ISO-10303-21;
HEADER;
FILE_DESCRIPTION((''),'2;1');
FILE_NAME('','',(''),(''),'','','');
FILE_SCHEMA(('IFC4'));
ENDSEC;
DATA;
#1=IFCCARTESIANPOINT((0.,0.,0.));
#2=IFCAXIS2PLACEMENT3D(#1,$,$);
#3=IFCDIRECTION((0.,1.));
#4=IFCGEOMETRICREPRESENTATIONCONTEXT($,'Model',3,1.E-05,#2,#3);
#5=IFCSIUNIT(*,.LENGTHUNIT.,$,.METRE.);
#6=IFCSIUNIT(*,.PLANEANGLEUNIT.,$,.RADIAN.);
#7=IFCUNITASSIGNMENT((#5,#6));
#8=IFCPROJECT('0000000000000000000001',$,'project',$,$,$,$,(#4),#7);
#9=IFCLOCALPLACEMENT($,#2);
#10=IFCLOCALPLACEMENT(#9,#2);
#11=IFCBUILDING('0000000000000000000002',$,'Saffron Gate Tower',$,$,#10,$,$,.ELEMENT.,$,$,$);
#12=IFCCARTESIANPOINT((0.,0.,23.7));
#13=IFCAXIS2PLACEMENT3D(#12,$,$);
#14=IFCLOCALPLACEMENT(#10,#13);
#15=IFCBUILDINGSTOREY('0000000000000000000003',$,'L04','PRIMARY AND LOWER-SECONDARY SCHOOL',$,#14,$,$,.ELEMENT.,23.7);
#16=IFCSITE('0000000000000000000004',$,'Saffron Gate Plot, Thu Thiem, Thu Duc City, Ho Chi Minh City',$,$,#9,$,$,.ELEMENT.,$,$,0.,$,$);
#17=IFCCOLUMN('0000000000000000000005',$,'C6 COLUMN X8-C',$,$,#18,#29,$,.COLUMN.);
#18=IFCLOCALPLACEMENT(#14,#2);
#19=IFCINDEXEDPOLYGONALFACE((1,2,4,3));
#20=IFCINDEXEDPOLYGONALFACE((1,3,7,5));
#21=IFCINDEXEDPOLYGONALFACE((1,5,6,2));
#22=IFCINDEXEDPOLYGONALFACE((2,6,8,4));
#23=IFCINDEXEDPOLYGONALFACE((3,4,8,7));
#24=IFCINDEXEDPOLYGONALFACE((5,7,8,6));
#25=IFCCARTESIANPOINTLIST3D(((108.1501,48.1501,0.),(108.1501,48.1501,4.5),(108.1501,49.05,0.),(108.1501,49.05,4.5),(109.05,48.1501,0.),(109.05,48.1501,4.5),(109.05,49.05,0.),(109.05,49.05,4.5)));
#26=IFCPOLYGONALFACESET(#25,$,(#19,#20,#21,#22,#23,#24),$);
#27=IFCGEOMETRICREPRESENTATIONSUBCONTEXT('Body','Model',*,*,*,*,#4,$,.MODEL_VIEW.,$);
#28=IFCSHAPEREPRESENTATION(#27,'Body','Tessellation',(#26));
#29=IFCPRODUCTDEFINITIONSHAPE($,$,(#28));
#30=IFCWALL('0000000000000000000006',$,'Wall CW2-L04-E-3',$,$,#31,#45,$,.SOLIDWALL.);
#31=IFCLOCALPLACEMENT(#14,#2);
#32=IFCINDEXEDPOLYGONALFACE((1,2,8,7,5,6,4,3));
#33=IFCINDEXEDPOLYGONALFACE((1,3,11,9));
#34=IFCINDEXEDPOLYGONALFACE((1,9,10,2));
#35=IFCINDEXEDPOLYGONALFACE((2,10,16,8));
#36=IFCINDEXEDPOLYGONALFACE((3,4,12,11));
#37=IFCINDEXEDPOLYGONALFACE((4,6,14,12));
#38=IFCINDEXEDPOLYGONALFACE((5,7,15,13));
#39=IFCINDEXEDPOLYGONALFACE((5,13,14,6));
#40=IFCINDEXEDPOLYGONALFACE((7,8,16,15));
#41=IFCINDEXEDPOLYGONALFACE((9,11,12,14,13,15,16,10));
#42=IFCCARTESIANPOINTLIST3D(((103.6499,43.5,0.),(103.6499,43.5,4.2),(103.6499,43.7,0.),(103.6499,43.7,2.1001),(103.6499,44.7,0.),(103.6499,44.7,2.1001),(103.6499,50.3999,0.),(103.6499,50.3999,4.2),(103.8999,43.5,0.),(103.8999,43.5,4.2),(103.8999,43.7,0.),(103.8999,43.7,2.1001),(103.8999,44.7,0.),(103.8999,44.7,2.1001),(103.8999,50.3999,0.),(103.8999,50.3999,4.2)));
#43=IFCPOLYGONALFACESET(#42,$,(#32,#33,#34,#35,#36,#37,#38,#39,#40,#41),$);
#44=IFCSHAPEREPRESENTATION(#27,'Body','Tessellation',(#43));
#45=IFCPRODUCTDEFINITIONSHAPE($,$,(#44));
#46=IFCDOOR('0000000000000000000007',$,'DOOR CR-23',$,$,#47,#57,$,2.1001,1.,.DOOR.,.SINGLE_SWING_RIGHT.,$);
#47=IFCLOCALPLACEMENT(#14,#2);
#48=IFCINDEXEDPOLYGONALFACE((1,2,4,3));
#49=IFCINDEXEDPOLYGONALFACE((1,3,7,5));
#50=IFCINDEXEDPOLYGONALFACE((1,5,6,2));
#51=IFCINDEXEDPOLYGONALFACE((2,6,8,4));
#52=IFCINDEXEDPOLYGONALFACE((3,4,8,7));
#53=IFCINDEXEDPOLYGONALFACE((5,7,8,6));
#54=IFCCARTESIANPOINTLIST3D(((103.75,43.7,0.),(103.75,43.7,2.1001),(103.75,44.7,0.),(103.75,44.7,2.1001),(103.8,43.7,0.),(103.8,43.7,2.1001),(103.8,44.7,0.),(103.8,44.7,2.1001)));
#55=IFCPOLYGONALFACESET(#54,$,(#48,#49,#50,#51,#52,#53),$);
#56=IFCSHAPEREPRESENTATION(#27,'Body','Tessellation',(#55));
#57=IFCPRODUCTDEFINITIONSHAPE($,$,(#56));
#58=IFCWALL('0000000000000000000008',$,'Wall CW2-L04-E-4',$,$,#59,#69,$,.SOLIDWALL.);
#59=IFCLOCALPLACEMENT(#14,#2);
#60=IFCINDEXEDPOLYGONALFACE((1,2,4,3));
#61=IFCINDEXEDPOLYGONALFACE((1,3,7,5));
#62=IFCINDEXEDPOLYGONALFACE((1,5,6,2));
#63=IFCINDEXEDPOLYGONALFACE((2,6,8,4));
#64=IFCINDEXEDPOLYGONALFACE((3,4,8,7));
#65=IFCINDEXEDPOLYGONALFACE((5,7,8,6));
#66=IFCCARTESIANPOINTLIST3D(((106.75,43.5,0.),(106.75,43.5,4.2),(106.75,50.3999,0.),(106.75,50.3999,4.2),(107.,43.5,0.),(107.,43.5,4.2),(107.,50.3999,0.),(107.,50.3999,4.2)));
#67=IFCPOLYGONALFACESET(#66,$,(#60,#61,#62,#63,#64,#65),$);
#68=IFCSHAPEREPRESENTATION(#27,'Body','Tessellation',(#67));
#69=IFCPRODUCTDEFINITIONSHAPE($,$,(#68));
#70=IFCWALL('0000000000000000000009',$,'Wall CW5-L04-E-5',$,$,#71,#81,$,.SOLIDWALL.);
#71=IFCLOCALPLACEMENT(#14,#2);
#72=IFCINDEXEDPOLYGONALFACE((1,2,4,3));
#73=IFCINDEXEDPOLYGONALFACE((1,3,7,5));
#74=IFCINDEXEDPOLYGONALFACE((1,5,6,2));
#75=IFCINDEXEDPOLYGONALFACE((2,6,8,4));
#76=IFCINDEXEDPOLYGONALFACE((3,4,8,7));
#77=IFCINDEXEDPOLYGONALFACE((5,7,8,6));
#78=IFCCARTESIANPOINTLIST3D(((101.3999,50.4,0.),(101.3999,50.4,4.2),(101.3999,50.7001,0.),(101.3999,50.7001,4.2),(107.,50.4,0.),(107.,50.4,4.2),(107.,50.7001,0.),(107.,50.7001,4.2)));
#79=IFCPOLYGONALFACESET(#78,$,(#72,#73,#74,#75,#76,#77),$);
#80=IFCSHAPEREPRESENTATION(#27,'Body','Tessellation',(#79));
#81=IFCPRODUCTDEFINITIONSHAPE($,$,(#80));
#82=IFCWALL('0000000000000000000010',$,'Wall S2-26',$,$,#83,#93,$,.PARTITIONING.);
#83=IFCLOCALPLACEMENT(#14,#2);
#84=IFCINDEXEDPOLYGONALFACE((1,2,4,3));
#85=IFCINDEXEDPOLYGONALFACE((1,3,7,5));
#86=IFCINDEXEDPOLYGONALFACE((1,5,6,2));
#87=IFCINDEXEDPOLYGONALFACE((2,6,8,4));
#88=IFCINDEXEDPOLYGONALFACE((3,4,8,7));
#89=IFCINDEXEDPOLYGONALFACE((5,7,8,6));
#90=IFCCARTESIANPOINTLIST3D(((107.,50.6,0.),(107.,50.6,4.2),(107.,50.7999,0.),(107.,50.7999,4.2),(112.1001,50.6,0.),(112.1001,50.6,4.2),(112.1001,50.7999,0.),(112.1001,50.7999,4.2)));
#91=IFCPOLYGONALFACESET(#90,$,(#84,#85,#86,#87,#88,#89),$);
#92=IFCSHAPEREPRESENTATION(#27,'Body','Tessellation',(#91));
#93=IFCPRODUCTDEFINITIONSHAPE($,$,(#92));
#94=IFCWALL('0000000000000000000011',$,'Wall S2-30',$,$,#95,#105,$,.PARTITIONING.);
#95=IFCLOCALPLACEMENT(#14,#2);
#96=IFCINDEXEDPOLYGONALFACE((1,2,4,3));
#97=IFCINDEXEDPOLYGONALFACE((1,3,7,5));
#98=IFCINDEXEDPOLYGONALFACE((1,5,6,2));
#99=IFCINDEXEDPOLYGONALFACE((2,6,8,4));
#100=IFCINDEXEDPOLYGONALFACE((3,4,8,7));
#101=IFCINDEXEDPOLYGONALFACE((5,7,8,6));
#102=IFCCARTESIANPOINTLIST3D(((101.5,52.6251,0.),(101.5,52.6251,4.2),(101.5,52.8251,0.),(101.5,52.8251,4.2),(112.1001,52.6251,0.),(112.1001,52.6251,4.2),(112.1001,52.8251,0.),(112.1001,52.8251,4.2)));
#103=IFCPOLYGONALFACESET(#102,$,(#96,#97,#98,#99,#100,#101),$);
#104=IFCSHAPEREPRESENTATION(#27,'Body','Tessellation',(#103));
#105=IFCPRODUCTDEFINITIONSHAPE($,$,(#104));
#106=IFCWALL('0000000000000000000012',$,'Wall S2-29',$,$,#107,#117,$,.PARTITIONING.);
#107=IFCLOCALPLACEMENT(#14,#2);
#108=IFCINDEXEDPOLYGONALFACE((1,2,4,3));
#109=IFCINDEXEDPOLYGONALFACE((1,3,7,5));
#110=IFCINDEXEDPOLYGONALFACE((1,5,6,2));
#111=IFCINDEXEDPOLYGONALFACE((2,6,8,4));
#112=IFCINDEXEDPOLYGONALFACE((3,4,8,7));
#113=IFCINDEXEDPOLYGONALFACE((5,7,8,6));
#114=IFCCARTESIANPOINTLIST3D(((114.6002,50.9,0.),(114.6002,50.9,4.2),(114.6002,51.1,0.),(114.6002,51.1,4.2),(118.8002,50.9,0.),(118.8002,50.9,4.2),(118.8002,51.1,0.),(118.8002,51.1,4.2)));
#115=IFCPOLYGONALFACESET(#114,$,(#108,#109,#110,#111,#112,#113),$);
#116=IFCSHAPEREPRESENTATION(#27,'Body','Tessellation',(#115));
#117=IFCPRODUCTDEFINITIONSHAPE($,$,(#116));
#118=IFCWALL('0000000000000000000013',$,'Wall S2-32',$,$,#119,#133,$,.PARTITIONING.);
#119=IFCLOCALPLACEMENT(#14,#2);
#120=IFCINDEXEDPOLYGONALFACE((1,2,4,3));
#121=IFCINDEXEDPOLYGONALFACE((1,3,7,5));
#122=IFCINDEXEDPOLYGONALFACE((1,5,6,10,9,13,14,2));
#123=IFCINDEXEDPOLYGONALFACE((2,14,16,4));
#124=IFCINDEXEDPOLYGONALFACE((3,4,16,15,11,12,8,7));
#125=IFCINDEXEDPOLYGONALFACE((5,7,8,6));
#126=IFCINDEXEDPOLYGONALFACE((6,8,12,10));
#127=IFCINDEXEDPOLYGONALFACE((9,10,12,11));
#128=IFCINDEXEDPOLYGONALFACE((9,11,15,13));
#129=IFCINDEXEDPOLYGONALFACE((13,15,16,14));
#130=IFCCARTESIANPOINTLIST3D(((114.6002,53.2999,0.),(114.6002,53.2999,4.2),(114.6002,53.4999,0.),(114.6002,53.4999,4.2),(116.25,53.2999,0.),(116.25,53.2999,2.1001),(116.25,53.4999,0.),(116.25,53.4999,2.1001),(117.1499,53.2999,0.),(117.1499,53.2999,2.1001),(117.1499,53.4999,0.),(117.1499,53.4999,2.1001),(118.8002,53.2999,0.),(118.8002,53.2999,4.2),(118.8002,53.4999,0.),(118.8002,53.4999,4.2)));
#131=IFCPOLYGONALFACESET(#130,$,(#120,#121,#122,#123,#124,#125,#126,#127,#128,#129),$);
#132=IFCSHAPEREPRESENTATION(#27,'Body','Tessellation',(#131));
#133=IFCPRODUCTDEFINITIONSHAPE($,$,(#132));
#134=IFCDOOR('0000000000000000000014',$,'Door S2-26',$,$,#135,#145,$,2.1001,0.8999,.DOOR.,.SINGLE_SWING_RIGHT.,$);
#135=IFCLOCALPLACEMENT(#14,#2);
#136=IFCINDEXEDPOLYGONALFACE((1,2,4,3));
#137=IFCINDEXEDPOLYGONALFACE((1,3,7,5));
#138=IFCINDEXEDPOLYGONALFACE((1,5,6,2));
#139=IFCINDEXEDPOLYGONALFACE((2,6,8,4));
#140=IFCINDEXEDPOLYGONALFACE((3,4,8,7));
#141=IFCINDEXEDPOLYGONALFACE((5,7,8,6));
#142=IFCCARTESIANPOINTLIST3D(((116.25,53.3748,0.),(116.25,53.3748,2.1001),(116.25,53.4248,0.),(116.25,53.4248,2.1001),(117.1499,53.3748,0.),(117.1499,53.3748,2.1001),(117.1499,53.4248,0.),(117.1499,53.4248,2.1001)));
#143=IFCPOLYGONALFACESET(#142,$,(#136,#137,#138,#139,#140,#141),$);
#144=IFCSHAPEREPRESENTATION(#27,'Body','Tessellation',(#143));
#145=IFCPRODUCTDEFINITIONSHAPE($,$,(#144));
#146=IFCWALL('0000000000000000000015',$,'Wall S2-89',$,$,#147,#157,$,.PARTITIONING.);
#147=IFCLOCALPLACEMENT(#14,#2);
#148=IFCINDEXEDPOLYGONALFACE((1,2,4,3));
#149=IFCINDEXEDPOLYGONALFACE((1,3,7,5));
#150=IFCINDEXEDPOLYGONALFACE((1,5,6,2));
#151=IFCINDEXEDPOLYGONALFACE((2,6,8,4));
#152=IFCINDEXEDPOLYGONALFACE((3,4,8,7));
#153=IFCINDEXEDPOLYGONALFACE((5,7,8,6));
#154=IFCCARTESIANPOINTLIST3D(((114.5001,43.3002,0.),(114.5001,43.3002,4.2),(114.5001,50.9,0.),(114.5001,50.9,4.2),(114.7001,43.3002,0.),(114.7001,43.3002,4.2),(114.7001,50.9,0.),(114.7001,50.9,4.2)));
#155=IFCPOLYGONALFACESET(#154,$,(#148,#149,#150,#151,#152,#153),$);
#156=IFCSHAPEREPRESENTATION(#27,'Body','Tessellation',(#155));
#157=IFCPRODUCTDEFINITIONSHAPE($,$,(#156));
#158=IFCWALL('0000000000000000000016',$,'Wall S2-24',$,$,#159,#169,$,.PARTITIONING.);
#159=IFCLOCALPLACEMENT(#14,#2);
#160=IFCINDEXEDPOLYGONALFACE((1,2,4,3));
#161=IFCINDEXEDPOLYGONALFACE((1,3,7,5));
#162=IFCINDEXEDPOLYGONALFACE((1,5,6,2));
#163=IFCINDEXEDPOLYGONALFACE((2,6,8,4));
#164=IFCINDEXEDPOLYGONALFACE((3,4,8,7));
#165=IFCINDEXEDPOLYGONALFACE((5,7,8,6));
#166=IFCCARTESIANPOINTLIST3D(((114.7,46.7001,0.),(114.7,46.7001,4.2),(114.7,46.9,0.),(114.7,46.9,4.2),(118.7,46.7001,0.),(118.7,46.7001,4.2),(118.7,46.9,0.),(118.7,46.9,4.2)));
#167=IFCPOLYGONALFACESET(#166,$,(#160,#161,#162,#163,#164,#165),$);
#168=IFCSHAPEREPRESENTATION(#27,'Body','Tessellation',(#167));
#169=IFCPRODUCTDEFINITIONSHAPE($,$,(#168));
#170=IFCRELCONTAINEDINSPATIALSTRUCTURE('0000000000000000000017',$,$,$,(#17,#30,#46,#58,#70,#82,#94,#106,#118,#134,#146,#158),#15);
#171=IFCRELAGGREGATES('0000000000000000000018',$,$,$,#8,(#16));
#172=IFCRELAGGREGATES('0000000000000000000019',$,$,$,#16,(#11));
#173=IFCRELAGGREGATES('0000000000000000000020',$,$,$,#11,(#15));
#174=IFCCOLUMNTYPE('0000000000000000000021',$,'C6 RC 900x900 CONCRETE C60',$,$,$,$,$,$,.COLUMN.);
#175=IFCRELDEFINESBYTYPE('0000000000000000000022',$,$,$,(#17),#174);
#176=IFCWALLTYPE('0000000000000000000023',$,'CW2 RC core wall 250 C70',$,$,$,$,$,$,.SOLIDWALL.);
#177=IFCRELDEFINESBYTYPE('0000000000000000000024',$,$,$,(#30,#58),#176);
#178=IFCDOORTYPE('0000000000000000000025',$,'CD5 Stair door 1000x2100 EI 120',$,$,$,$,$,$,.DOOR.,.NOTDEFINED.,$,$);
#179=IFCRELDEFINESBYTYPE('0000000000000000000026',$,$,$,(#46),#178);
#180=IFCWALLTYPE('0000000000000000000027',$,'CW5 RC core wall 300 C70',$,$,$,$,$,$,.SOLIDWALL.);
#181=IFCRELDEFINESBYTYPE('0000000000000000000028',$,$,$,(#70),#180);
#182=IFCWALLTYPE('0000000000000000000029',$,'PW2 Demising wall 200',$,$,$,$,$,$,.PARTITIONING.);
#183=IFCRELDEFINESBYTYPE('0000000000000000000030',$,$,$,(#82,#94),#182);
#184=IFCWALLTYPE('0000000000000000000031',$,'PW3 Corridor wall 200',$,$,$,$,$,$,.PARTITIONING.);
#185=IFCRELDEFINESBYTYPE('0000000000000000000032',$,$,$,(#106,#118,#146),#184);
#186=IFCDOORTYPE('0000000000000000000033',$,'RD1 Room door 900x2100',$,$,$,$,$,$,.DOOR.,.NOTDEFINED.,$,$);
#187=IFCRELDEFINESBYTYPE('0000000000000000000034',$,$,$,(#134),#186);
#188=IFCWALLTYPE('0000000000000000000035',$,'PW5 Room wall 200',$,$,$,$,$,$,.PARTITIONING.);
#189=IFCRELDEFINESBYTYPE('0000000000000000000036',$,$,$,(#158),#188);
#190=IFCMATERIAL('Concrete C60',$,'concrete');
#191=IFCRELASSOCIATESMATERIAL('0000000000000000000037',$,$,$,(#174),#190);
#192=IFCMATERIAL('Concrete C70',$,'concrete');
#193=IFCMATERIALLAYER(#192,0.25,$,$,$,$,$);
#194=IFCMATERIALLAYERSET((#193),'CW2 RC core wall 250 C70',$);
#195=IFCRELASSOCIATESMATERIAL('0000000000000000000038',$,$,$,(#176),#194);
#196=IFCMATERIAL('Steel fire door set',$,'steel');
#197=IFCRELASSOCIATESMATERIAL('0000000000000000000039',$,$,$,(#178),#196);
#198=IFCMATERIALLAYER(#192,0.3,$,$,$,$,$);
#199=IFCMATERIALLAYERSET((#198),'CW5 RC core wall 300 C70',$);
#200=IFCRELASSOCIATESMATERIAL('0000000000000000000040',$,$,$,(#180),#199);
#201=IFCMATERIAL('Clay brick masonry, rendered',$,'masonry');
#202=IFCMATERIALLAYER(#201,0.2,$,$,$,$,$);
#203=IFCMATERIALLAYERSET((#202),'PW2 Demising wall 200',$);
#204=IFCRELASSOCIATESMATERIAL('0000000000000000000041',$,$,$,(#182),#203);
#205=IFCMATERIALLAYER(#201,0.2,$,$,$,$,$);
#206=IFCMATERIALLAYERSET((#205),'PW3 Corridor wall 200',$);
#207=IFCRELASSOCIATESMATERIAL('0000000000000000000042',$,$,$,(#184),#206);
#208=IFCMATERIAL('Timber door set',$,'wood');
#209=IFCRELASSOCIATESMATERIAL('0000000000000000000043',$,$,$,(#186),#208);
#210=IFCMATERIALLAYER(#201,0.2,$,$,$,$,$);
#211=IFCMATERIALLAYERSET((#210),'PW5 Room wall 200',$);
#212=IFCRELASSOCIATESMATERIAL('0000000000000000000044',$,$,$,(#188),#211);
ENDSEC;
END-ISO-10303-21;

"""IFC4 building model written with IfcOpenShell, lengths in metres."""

from ifc_helpers import new_model, si_unit, direction, frame, frame_2d, origin, origin_2d, place, context, subcontext, project, spatial, rectangle, extrude, material, layer, layer_set, material_profile, profile_set, type_object, element, fill, save


model = new_model("IFC4")

# Units and contexts
model_context = context("Model", 3, precision=1e-05, world=origin(), true_north=direction((0.0, 1.0)))
body_context = subcontext(model_context, "Body", "Model", "MODEL_VIEW")
ifc_project = project(units=[si_unit("LENGTHUNIT", "METRE"), si_unit("PLANEANGLEUNIT", "RADIAN")], contexts=[model_context])

# Site, building, storey
site_placement = place(None, origin())
site = spatial("IfcSite", under=ifc_project, at=site_placement, Name="Saffron Gate Plot, Thu Thiem, Thu Duc City, Ho Chi Minh City", CompositionType="ELEMENT", RefElevation=0.0)
building_placement = place(site_placement, origin())
building = spatial("IfcBuilding", under=site, at=building_placement, Name="Saffron Gate Tower", CompositionType="ELEMENT")
storey_placement = place(building_placement, frame((0.0, 0.0, 23.7)))
storey = spatial("IfcBuildingStorey", under=building, at=storey_placement, Name="L04", Description="PRIMARY AND LOWER-SECONDARY SCHOOL", CompositionType="ELEMENT", Elevation=23.7)

# Column
ifc_material_1 = material(Name="Concrete C60", Category="concrete")
ifc_material_profile = material_profile(ifc_material_1, rectangle(XDim=0.8999, YDim=0.8999, at=origin_2d()))
ifc_profile_set = profile_set([ifc_material_profile], Name="Concrete C60")
column_type = type_object("IfcColumnType", Name="C6 RC 900x900 CONCRETE C60", PredefinedType="COLUMN", material=ifc_profile_set)
column_placement = place(storey_placement, frame((108.6001, 48.6001, 0.0), z_axis=(0.0, 0.0, 1.0), x_axis=(1.0, 0.0, 0.0)))
element("IfcColumn", 1, at=column_placement, inside=storey, type_object=column_type, Name="C6 COLUMN X8-C", PredefinedType="COLUMN", context=body_context, shape_type="SweptSolid", body=[
    extrude(rectangle(XDim=0.8999, YDim=0.8999, at=origin_2d()), origin(), (0.0, 0.0, 1.0), 4.5),
])

# Wall, opening, door
ifc_material_2 = material(Name="Concrete C70", Category="concrete")
ifc_layer_1 = layer(ifc_material_2, 0.25)
ifc_layer_set_1 = layer_set([ifc_layer_1], Name="CW2 RC core wall 250 C70")
wall_type_1 = type_object("IfcWallType", Name="CW2 RC core wall 250 C70", PredefinedType="SOLIDWALL", material=ifc_layer_set_1)
wall_1_placement = place(storey_placement, frame((103.7749, 43.5, 0.0), z_axis=(0.0, 0.0, 1.0), x_axis=(0.0, 1.0, 0.0)))
wall_1 = element("IfcWall", 2, at=wall_1_placement, inside=storey, type_object=wall_type_1, Name="Wall CW2-L04-E-3", PredefinedType="SOLIDWALL", context=body_context, shape_type="SweptSolid", body=[
    extrude(rectangle(XDim=6.8999, YDim=0.25, at=frame_2d((3.45, 0.0))), origin(), (0.0, 0.0, 1.0), 4.2),
])
opening_1_placement = place(wall_1_placement, frame((0.2, 0.0, 0.0)))
opening_1 = element("IfcOpeningElement", 3, at=opening_1_placement, cuts=wall_1, PredefinedType="OPENING", context=body_context, shape_type="SweptSolid", body=[
    extrude(rectangle(XDim=1.0, YDim=2.1001, at=frame_2d((0.5, 1.05))), frame((0.0, 0.135, 0.0), z_axis=(0.0, -1.0, 0.0), x_axis=(1.0, 0.0, 0.0)), (0.0, 0.0, 1.0), 0.27),
])
ifc_material_3 = material(Name="Steel fire door set", Category="steel")
door_type_1 = type_object("IfcDoorType", Name="CD5 Stair door 1000x2100 EI 120", OperationType="NOTDEFINED", PredefinedType="DOOR", material=ifc_material_3)
door_1_placement = place(opening_1_placement, origin())
door_1 = element("IfcDoor", 4, at=door_1_placement, inside=storey, type_object=door_type_1, Name="DOOR CR-23", OperationType="SINGLE_SWING_RIGHT", OverallHeight=2.1001, OverallWidth=1.0, PredefinedType="DOOR", context=body_context, shape_type="SweptSolid", body=[
    extrude(rectangle(XDim=1.0, YDim=2.1001, at=frame_2d((0.5, 1.05))), frame((0.0, 0.0249, 0.0), z_axis=(0.0, -1.0, 0.0), x_axis=(1.0, 0.0, 0.0)), (0.0, 0.0, 1.0), 0.05),
])
fill(opening_1, door_1)

# Walls
wall_2_placement = place(storey_placement, frame((106.875, 43.5, 0.0), z_axis=(0.0, 0.0, 1.0), x_axis=(0.0, 1.0, 0.0)))
element("IfcWall", 5, at=wall_2_placement, inside=storey, type_object=wall_type_1, Name="Wall CW2-L04-E-4", PredefinedType="SOLIDWALL", context=body_context, shape_type="SweptSolid", body=[
    extrude(rectangle(XDim=6.8999, YDim=0.25, at=frame_2d((3.45, 0.0))), origin(), (0.0, 0.0, 1.0), 4.2),
])
ifc_layer_2 = layer(ifc_material_2, 0.3)
ifc_layer_set_2 = layer_set([ifc_layer_2], Name="CW5 RC core wall 300 C70")
wall_type_2 = type_object("IfcWallType", Name="CW5 RC core wall 300 C70", PredefinedType="SOLIDWALL", material=ifc_layer_set_2)
wall_3_placement = place(storey_placement, frame((101.3999, 50.55, 0.0), z_axis=(0.0, 0.0, 1.0), x_axis=(1.0, 0.0, 0.0)))
element("IfcWall", 6, at=wall_3_placement, inside=storey, type_object=wall_type_2, Name="Wall CW5-L04-E-5", PredefinedType="SOLIDWALL", context=body_context, shape_type="SweptSolid", body=[
    extrude(rectangle(XDim=5.6001, YDim=0.3, at=frame_2d((2.8, 0.0))), origin(), (0.0, 0.0, 1.0), 4.2),
])
ifc_material_4 = material(Name="Clay brick masonry, rendered", Category="masonry")
ifc_layer_3 = layer(ifc_material_4, 0.2)
ifc_layer_set_3 = layer_set([ifc_layer_3], Name="PW2 Demising wall 200")
wall_type_3 = type_object("IfcWallType", Name="PW2 Demising wall 200", PredefinedType="PARTITIONING", material=ifc_layer_set_3)
wall_4_placement = place(storey_placement, frame((107.0, 50.7, 0.0), z_axis=(0.0, 0.0, 1.0), x_axis=(1.0, 0.0, 0.0)))
element("IfcWall", 7, at=wall_4_placement, inside=storey, type_object=wall_type_3, Name="Wall S2-26", PredefinedType="PARTITIONING", context=body_context, shape_type="SweptSolid", body=[
    extrude(rectangle(XDim=5.1001, YDim=0.2, at=frame_2d((2.55, 0.0))), origin(), (0.0, 0.0, 1.0), 4.2),
])
wall_5_placement = place(storey_placement, frame((101.5, 52.7251, 0.0), z_axis=(0.0, 0.0, 1.0), x_axis=(1.0, 0.0, 0.0)))
element("IfcWall", 8, at=wall_5_placement, inside=storey, type_object=wall_type_3, Name="Wall S2-30", PredefinedType="PARTITIONING", context=body_context, shape_type="SweptSolid", body=[
    extrude(rectangle(XDim=10.6001, YDim=0.2, at=frame_2d((5.3, 0.0))), origin(), (0.0, 0.0, 1.0), 4.2),
])
ifc_layer_4 = layer(ifc_material_4, 0.2)
ifc_layer_set_4 = layer_set([ifc_layer_4], Name="PW3 Corridor wall 200")
wall_type_4 = type_object("IfcWallType", Name="PW3 Corridor wall 200", PredefinedType="PARTITIONING", material=ifc_layer_set_4)
wall_6_placement = place(storey_placement, frame((114.6001, 51.0, 0.0), z_axis=(0.0, 0.0, 1.0), x_axis=(1.0, 0.0, 0.0)))
element("IfcWall", 9, at=wall_6_placement, inside=storey, type_object=wall_type_4, Name="Wall S2-29", PredefinedType="PARTITIONING", context=body_context, shape_type="SweptSolid", body=[
    extrude(rectangle(XDim=4.2, YDim=0.2, at=frame_2d((2.1001, 0.0))), origin(), (0.0, 0.0, 1.0), 4.2),
])

# Wall, opening, door
wall_7_placement = place(storey_placement, frame((114.6001, 53.3999, 0.0), z_axis=(0.0, 0.0, 1.0), x_axis=(1.0, 0.0, 0.0)))
wall_7 = element("IfcWall", 10, at=wall_7_placement, inside=storey, type_object=wall_type_4, Name="Wall S2-32", PredefinedType="PARTITIONING", context=body_context, shape_type="SweptSolid", body=[
    extrude(rectangle(XDim=4.2, YDim=0.2, at=frame_2d((2.1001, 0.0))), origin(), (0.0, 0.0, 1.0), 4.2),
])
opening_2_placement = place(wall_7_placement, frame((1.6499, 0.0, 0.0)))
opening_2 = element("IfcOpeningElement", 11, at=opening_2_placement, cuts=wall_7, PredefinedType="OPENING", context=body_context, shape_type="SweptSolid", body=[
    extrude(rectangle(XDim=0.8999, YDim=2.1001, at=frame_2d((0.45, 1.05))), frame((0.0, 0.1099, 0.0), z_axis=(0.0, -1.0, 0.0), x_axis=(1.0, 0.0, 0.0)), (0.0, 0.0, 1.0), 0.22),
])
ifc_material_5 = material(Name="Timber door set", Category="wood")
door_type_2 = type_object("IfcDoorType", Name="RD1 Room door 900x2100", OperationType="NOTDEFINED", PredefinedType="DOOR", material=ifc_material_5)
door_2_placement = place(opening_2_placement, origin())
door_2 = element("IfcDoor", 12, at=door_2_placement, inside=storey, type_object=door_type_2, Name="Door S2-26", OperationType="SINGLE_SWING_RIGHT", OverallHeight=2.1001, OverallWidth=0.8999, PredefinedType="DOOR", context=body_context, shape_type="SweptSolid", body=[
    extrude(rectangle(XDim=0.8999, YDim=2.1001, at=frame_2d((0.45, 1.05))), frame((0.0, 0.0249, 0.0), z_axis=(0.0, -1.0, 0.0), x_axis=(1.0, 0.0, 0.0)), (0.0, 0.0, 1.0), 0.05),
])
fill(opening_2, door_2)

# Walls
wall_8_placement = place(storey_placement, frame((114.6001, 50.8999, 0.0), z_axis=(0.0, 0.0, 1.0), x_axis=(0.0, -1.0, 0.0)))
element("IfcWall", 13, at=wall_8_placement, inside=storey, type_object=wall_type_4, Name="Wall S2-89", PredefinedType="PARTITIONING", context=body_context, shape_type="SweptSolid", body=[
    extrude(rectangle(XDim=7.5999, YDim=0.2, at=frame_2d((3.7998, 0.0))), origin(), (0.0, 0.0, 1.0), 4.2),
])
ifc_layer_5 = layer(ifc_material_4, 0.2)
ifc_layer_set_5 = layer_set([ifc_layer_5], Name="PW5 Room wall 200")
wall_type_5 = type_object("IfcWallType", Name="PW5 Room wall 200", PredefinedType="PARTITIONING", material=ifc_layer_set_5)
wall_9_placement = place(storey_placement, frame((114.7, 46.8, 0.0), z_axis=(0.0, 0.0, 1.0), x_axis=(1.0, 0.0, 0.0)))
element("IfcWall", 14, at=wall_9_placement, inside=storey, type_object=wall_type_5, Name="Wall S2-24", PredefinedType="PARTITIONING", context=body_context, shape_type="SweptSolid", body=[
    extrude(rectangle(XDim=4.0, YDim=0.2, at=frame_2d((2.0, 0.0))), origin(), (0.0, 0.0, 1.0), 4.2),
])

save(model, "model.ifc")
